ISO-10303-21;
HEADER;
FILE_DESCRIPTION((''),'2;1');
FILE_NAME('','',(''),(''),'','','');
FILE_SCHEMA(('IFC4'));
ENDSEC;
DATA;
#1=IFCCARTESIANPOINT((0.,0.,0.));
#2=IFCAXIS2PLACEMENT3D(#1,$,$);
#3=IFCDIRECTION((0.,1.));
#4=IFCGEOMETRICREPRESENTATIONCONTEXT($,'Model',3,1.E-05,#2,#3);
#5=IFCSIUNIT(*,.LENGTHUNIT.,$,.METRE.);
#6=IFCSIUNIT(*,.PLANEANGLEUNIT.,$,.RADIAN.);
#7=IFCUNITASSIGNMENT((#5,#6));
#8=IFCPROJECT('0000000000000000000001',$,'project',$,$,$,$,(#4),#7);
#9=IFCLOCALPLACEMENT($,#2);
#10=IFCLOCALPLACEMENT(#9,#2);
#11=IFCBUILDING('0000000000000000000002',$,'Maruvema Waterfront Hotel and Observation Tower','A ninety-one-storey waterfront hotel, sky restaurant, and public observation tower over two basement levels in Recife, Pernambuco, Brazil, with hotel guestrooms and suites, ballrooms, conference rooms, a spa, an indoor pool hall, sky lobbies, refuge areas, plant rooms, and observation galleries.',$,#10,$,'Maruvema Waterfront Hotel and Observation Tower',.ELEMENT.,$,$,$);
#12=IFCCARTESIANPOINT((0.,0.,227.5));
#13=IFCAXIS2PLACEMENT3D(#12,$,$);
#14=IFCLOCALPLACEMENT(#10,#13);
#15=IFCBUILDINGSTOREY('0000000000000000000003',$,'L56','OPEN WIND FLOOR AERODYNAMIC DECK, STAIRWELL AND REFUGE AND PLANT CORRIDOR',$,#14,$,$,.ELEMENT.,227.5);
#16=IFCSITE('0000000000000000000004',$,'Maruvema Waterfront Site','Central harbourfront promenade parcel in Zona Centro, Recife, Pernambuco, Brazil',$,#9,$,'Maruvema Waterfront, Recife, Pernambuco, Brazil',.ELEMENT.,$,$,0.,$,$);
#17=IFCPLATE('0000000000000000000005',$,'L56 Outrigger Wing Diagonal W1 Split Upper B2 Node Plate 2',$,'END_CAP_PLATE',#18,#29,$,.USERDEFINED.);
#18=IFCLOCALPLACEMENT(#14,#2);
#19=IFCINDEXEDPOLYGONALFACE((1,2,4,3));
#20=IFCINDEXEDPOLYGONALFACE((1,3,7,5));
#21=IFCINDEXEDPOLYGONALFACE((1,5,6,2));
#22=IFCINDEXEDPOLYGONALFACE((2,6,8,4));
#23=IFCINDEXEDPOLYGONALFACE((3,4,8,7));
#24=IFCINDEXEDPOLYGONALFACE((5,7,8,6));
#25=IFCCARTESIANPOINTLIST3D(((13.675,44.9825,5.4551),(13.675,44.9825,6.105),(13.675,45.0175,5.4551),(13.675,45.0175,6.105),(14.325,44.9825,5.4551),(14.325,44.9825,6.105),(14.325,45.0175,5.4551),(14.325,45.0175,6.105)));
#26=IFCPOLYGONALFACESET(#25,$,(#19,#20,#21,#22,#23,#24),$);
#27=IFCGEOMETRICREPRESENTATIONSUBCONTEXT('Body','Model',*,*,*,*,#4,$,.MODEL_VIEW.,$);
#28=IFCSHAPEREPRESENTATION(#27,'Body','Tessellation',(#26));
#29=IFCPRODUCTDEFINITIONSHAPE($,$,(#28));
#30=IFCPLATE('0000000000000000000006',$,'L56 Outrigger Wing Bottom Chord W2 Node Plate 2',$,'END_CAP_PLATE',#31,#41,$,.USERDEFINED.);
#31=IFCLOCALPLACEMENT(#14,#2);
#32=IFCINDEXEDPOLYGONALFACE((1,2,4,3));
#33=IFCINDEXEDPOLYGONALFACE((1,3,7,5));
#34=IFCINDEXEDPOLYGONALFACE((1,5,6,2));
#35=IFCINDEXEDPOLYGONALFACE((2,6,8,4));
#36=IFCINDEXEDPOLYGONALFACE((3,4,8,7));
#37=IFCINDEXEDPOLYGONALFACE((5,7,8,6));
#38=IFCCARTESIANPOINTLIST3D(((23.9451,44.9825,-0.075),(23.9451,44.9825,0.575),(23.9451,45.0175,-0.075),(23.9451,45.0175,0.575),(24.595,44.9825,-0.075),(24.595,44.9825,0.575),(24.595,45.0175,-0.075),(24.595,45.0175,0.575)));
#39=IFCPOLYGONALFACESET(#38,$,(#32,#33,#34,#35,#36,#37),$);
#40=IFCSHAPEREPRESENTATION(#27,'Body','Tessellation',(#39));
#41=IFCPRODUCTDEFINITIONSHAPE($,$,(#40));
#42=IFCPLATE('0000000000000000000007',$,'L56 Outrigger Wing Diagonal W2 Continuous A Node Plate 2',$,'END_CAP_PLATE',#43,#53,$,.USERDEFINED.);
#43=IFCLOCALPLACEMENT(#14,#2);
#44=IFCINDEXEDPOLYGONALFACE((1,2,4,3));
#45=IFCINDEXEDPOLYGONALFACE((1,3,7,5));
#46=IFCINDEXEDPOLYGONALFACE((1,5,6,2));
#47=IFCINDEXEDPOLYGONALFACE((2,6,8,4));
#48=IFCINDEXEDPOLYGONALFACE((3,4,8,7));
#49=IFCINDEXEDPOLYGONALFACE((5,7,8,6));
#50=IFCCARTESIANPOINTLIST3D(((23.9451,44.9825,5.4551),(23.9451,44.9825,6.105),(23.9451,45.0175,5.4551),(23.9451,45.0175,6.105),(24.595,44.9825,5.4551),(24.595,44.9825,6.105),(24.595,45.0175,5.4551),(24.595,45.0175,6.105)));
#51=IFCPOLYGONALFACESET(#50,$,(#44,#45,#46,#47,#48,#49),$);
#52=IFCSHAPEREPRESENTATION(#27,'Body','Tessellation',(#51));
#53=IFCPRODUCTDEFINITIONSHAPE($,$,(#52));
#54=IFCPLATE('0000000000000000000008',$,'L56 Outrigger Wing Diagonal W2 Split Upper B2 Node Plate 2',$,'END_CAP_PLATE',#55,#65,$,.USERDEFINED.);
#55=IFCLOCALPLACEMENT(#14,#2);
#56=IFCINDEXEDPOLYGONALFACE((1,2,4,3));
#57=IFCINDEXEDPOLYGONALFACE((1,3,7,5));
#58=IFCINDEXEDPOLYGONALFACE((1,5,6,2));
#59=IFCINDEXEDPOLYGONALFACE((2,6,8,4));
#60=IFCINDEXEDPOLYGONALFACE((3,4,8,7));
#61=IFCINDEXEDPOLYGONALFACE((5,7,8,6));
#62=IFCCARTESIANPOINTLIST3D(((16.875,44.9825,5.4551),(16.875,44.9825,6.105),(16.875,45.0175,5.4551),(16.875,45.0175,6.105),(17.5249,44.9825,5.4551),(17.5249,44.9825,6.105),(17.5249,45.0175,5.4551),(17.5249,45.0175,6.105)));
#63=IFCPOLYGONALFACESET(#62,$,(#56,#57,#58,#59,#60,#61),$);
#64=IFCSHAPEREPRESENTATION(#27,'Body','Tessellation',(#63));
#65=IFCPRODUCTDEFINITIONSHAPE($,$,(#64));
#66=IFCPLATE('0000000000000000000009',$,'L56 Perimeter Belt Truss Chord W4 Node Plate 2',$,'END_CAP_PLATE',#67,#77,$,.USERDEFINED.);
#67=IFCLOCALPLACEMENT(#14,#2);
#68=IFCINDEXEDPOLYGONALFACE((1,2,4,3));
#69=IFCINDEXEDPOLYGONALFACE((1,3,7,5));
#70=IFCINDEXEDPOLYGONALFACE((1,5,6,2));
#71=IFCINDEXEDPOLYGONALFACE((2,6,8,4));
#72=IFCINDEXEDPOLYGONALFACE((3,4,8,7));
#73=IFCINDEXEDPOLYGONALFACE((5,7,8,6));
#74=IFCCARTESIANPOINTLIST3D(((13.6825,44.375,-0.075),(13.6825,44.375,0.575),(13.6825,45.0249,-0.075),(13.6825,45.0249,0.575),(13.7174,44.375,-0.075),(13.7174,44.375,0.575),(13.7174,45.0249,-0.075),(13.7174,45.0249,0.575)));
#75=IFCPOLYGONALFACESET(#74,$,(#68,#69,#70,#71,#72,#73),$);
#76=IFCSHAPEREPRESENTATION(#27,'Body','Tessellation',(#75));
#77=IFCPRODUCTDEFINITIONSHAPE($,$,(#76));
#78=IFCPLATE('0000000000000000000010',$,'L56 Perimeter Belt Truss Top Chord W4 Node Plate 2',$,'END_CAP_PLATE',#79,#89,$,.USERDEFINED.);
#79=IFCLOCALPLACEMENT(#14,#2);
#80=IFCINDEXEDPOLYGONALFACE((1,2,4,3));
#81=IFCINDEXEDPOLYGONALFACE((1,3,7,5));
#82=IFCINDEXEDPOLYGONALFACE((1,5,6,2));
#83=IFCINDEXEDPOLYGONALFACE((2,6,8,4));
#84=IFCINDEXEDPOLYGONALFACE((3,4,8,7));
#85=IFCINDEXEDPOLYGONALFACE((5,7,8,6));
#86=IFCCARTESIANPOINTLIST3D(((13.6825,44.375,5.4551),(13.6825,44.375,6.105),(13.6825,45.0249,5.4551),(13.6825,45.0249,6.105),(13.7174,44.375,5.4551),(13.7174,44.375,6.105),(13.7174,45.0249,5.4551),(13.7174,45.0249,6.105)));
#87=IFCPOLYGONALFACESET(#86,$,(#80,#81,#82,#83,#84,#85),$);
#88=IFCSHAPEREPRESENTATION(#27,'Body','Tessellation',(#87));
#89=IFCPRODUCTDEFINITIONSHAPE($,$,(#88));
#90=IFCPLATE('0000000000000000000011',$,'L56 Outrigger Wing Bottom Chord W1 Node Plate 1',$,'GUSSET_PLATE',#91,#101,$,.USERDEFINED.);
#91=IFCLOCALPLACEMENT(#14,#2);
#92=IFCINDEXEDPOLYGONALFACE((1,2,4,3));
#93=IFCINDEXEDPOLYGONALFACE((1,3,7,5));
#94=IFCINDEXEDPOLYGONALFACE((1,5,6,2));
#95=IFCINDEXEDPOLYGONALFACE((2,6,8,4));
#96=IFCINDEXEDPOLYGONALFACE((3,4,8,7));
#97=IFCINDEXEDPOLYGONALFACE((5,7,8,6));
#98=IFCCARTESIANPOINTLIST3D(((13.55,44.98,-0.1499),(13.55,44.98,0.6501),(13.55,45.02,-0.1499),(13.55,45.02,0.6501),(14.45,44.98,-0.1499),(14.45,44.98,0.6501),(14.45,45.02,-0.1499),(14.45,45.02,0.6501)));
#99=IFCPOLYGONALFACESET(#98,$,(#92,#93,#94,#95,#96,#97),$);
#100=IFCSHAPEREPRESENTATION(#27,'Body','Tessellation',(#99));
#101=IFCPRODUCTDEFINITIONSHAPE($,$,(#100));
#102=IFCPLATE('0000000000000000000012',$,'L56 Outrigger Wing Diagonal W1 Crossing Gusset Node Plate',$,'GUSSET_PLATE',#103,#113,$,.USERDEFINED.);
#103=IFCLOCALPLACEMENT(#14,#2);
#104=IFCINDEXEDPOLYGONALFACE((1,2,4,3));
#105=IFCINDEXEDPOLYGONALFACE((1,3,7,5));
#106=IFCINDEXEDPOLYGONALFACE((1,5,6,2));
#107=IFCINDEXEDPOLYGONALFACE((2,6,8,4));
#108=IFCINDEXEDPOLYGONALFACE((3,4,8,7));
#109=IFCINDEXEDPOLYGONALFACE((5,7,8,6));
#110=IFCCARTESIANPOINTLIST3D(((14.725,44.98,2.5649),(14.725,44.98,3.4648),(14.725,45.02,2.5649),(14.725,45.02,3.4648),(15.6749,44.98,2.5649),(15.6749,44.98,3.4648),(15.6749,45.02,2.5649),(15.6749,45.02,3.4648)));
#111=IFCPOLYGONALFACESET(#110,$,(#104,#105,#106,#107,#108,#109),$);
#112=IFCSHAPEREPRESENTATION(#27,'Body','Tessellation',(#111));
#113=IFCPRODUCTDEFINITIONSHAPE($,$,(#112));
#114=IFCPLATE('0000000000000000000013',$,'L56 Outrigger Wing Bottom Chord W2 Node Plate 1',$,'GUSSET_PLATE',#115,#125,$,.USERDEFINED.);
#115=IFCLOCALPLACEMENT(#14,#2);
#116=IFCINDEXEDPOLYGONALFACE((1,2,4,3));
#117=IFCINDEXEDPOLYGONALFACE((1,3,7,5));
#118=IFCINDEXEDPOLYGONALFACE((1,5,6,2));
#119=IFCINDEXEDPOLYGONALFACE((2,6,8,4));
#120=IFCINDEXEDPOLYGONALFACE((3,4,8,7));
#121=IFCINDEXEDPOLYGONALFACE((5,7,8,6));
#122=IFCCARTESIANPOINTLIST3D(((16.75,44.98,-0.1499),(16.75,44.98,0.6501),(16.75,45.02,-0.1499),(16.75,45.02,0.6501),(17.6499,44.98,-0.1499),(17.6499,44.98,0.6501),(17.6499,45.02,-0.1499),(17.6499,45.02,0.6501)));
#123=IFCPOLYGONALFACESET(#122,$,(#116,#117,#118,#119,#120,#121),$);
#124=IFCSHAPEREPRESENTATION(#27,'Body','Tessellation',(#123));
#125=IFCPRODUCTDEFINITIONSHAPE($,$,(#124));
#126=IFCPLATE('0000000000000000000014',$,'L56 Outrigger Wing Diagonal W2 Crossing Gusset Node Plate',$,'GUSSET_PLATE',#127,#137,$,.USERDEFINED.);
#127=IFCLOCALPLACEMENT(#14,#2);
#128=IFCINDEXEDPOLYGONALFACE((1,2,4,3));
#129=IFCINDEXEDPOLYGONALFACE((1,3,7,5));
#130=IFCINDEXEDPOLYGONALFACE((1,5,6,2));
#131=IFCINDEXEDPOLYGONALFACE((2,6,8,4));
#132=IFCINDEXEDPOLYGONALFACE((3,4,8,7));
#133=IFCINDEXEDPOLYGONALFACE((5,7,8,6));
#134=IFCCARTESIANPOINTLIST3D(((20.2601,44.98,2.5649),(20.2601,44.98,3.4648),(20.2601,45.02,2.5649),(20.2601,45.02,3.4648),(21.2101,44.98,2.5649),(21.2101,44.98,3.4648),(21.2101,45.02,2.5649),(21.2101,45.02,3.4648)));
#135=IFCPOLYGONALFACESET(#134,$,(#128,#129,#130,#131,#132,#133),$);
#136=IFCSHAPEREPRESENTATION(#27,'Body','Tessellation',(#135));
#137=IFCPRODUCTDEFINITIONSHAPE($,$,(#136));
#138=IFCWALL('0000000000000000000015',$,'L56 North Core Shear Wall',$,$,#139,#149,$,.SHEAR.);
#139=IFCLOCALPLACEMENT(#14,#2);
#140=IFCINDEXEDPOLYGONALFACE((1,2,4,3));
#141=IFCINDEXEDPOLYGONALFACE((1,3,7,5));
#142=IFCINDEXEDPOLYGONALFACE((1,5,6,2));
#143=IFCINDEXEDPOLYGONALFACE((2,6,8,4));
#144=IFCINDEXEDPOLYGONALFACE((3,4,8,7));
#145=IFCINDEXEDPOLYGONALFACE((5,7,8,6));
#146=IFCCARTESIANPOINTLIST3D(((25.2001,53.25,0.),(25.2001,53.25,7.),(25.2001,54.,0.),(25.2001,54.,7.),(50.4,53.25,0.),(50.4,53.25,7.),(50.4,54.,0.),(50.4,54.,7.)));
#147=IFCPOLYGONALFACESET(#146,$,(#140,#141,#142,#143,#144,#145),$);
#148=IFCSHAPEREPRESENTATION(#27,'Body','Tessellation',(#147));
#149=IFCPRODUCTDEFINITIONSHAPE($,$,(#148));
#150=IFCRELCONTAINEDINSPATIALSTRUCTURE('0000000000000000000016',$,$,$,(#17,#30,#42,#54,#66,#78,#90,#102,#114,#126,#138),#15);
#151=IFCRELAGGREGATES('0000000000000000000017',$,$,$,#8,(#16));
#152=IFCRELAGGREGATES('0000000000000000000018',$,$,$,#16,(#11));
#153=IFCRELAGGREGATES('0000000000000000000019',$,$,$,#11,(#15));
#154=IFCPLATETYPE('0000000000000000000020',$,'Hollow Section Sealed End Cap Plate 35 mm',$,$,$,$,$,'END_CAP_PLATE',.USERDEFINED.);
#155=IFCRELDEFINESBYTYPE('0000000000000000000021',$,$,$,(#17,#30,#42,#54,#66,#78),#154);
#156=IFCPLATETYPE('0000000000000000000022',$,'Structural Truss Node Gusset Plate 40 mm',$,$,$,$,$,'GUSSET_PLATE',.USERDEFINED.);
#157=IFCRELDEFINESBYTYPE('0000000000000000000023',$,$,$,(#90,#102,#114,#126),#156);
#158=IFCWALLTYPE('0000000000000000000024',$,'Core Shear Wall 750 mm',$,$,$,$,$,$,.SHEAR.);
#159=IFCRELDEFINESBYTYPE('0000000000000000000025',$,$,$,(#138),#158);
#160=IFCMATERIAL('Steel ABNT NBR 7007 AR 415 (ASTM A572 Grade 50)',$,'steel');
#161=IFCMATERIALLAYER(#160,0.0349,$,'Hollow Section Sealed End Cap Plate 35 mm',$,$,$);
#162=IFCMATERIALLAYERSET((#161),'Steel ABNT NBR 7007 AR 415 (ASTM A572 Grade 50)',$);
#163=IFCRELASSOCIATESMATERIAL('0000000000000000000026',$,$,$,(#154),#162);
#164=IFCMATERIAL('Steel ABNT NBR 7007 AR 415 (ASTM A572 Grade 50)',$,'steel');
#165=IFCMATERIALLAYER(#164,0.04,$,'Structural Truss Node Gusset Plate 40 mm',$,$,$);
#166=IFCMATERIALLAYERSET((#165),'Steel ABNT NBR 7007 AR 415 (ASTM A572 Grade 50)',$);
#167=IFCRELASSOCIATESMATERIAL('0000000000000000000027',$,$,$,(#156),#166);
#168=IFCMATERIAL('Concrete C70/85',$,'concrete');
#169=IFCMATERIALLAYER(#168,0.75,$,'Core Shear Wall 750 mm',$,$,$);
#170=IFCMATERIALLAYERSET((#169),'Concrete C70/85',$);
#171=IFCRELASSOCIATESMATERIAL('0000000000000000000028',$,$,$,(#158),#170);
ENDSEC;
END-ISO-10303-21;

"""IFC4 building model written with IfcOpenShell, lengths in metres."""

from ifc_helpers import new_model, si_unit, direction, frame, frame_2d, origin, origin_2d, place, context, subcontext, project, spatial, rectangle, extrude, material, layer, layer_set, type_object, element, save


model = new_model("IFC4")

# Units and contexts
model_context = context("Model", 3, precision=1e-05, world=origin(), true_north=direction((0.0, 1.0)))
body_context = subcontext(model_context, "Body", "Model", "MODEL_VIEW")
ifc_project = project(units=[si_unit("LENGTHUNIT", "METRE"), si_unit("PLANEANGLEUNIT", "RADIAN")], contexts=[model_context])

# Site, building, storey
site_placement = place(None, origin())
site = spatial("IfcSite", under=ifc_project, at=site_placement, Name="Maruvema Waterfront Site", Description="Central harbourfront promenade parcel in Zona Centro, Recife, Pernambuco, Brazil", LongName="Maruvema Waterfront, Recife, Pernambuco, Brazil", CompositionType="ELEMENT", RefElevation=0.0)
building_placement = place(site_placement, origin())
building = spatial("IfcBuilding", under=site, at=building_placement, Name="Maruvema Waterfront Hotel and Observation Tower", Description="A ninety-one-storey waterfront hotel, sky restaurant, and public observation tower over two basement levels in Recife, Pernambuco, Brazil, with hotel guestrooms and suites, ballrooms, conference rooms, a spa, an indoor pool hall, sky lobbies, refuge areas, plant rooms, and observation galleries.", LongName="Maruvema Waterfront Hotel and Observation Tower", CompositionType="ELEMENT")
storey_placement = place(building_placement, frame((0.0, 0.0, 227.5)))
storey = spatial("IfcBuildingStorey", under=building, at=storey_placement, Name="L56", Description="OPEN WIND FLOOR AERODYNAMIC DECK, STAIRWELL AND REFUGE AND PLANT CORRIDOR", CompositionType="ELEMENT", Elevation=227.5)

# Plates
ifc_material_1 = material(Name="Steel ABNT NBR 7007 AR 415 (ASTM A572 Grade 50)", Category="steel")
ifc_layer_1 = layer(ifc_material_1, 0.0349, Name="Hollow Section Sealed End Cap Plate 35 mm")
ifc_layer_set_1 = layer_set([ifc_layer_1], Name="Steel ABNT NBR 7007 AR 415 (ASTM A572 Grade 50)")
plate_type_1 = type_object("IfcPlateType", Name="Hollow Section Sealed End Cap Plate 35 mm", ElementType="END_CAP_PLATE", PredefinedType="USERDEFINED", material=ifc_layer_set_1)
for number, where, z_axis, x_axis, name in (
    (1, (14.0, 45.0, 5.4551), (0.0, 0.0, 1.0), (-1.0, 0.0, 0.0), "L56 Outrigger Wing Diagonal W1 Split Upper B2 Node Plate 2"),
    (2, (24.27, 45.0, -0.075), (0.0, 0.0, 1.0), (1.0, 0.0, 0.0), "L56 Outrigger Wing Bottom Chord W2 Node Plate 2"),
    (3, (24.27, 45.0, 5.4551), (0.0, 0.0, 1.0), (1.0, 0.0, 0.0), "L56 Outrigger Wing Diagonal W2 Continuous A Node Plate 2"),
    (4, (17.2, 45.0, 5.4551), (0.0, 0.0, 1.0), (-1.0, 0.0, 0.0), "L56 Outrigger Wing Diagonal W2 Split Upper B2 Node Plate 2"),
    (5, (13.7, 44.7, -0.075), (0.0, 0.0, 1.0), (0.0, 1.0, 0.0), "L56 Perimeter Belt Truss Chord W4 Node Plate 2"),
    (6, (13.7, 44.7, 5.4551), (0.0, 0.0, 1.0), (0.0, 1.0, 0.0), "L56 Perimeter Belt Truss Top Chord W4 Node Plate 2"),
):
    element("IfcPlate", number, at=place(storey_placement, frame(where, z_axis=z_axis, x_axis=x_axis)), inside=storey, type_object=plate_type_1, Name=name, ObjectType="END_CAP_PLATE", PredefinedType="USERDEFINED", context=body_context, shape_type="SweptSolid", body=[
        extrude(rectangle(XDim=0.6499, YDim=0.0349, at=origin_2d()), origin(), (0.0, 0.0, 1.0), 0.6499),
    ])
ifc_material_2 = material(Name="Steel ABNT NBR 7007 AR 415 (ASTM A572 Grade 50)", Category="steel")
ifc_layer_2 = layer(ifc_material_2, 0.04, Name="Structural Truss Node Gusset Plate 40 mm")
ifc_layer_set_2 = layer_set([ifc_layer_2], Name="Steel ABNT NBR 7007 AR 415 (ASTM A572 Grade 50)")
plate_type_2 = type_object("IfcPlateType", Name="Structural Truss Node Gusset Plate 40 mm", ElementType="GUSSET_PLATE", PredefinedType="USERDEFINED", material=ifc_layer_set_2)
plate_1_placement = place(storey_placement, frame((14.0, 45.0, -0.1499), z_axis=(0.0, 0.0, 1.0), x_axis=(1.0, 0.0, 0.0)))
element("IfcPlate", 7, at=plate_1_placement, inside=storey, type_object=plate_type_2, Name="L56 Outrigger Wing Bottom Chord W1 Node Plate 1", ObjectType="GUSSET_PLATE", PredefinedType="USERDEFINED", context=body_context, shape_type="SweptSolid", body=[
    extrude(rectangle(XDim=0.8999, YDim=0.04, at=origin_2d()), origin(), (0.0, 0.0, 1.0), 0.8),
])
plate_2_placement = place(storey_placement, frame((15.2, 45.0, 2.5649), z_axis=(0.0, 0.0, 1.0), x_axis=(-1.0, 0.0, 0.0)))
element("IfcPlate", 8, at=plate_2_placement, inside=storey, type_object=plate_type_2, Name="L56 Outrigger Wing Diagonal W1 Crossing Gusset Node Plate", ObjectType="GUSSET_PLATE", PredefinedType="USERDEFINED", context=body_context, shape_type="SweptSolid", body=[
    extrude(rectangle(XDim=0.95, YDim=0.04, at=origin_2d()), origin(), (0.0, 0.0, 1.0), 0.8999),
])
plate_3_placement = place(storey_placement, frame((17.2, 45.0, -0.1499), z_axis=(0.0, 0.0, 1.0), x_axis=(1.0, 0.0, 0.0)))
element("IfcPlate", 9, at=plate_3_placement, inside=storey, type_object=plate_type_2, Name="L56 Outrigger Wing Bottom Chord W2 Node Plate 1", ObjectType="GUSSET_PLATE", PredefinedType="USERDEFINED", context=body_context, shape_type="SweptSolid", body=[
    extrude(rectangle(XDim=0.8999, YDim=0.04, at=origin_2d()), origin(), (0.0, 0.0, 1.0), 0.8),
])
plate_4_placement = place(storey_placement, frame((20.7351, 45.0, 2.5649), z_axis=(0.0, 0.0, 1.0), x_axis=(-1.0, 0.0, 0.0)))
element("IfcPlate", 10, at=plate_4_placement, inside=storey, type_object=plate_type_2, Name="L56 Outrigger Wing Diagonal W2 Crossing Gusset Node Plate", ObjectType="GUSSET_PLATE", PredefinedType="USERDEFINED", context=body_context, shape_type="SweptSolid", body=[
    extrude(rectangle(XDim=0.95, YDim=0.04, at=origin_2d()), origin(), (0.0, 0.0, 1.0), 0.8999),
])

# Wall
ifc_material_3 = material(Name="Concrete C70/85", Category="concrete")
ifc_layer_3 = layer(ifc_material_3, 0.75, Name="Core Shear Wall 750 mm")
ifc_layer_set_3 = layer_set([ifc_layer_3], Name="Concrete C70/85")
wall_type = type_object("IfcWallType", Name="Core Shear Wall 750 mm", PredefinedType="SHEAR", material=ifc_layer_set_3)
wall_placement = place(storey_placement, frame((25.2, 53.625, 0.0), z_axis=(0.0, 0.0, 1.0), x_axis=(1.0, 0.0, 0.0)))
element("IfcWall", 11, at=wall_placement, inside=storey, type_object=wall_type, Name="L56 North Core Shear Wall", PredefinedType="SHEAR", context=body_context, shape_type="SweptSolid", body=[
    extrude(rectangle(XDim=25.2, YDim=0.75, at=frame_2d((12.6001, 0.0))), origin(), (0.0, 0.0, 1.0), 7.0),
])

save(model, "model.ifc")
